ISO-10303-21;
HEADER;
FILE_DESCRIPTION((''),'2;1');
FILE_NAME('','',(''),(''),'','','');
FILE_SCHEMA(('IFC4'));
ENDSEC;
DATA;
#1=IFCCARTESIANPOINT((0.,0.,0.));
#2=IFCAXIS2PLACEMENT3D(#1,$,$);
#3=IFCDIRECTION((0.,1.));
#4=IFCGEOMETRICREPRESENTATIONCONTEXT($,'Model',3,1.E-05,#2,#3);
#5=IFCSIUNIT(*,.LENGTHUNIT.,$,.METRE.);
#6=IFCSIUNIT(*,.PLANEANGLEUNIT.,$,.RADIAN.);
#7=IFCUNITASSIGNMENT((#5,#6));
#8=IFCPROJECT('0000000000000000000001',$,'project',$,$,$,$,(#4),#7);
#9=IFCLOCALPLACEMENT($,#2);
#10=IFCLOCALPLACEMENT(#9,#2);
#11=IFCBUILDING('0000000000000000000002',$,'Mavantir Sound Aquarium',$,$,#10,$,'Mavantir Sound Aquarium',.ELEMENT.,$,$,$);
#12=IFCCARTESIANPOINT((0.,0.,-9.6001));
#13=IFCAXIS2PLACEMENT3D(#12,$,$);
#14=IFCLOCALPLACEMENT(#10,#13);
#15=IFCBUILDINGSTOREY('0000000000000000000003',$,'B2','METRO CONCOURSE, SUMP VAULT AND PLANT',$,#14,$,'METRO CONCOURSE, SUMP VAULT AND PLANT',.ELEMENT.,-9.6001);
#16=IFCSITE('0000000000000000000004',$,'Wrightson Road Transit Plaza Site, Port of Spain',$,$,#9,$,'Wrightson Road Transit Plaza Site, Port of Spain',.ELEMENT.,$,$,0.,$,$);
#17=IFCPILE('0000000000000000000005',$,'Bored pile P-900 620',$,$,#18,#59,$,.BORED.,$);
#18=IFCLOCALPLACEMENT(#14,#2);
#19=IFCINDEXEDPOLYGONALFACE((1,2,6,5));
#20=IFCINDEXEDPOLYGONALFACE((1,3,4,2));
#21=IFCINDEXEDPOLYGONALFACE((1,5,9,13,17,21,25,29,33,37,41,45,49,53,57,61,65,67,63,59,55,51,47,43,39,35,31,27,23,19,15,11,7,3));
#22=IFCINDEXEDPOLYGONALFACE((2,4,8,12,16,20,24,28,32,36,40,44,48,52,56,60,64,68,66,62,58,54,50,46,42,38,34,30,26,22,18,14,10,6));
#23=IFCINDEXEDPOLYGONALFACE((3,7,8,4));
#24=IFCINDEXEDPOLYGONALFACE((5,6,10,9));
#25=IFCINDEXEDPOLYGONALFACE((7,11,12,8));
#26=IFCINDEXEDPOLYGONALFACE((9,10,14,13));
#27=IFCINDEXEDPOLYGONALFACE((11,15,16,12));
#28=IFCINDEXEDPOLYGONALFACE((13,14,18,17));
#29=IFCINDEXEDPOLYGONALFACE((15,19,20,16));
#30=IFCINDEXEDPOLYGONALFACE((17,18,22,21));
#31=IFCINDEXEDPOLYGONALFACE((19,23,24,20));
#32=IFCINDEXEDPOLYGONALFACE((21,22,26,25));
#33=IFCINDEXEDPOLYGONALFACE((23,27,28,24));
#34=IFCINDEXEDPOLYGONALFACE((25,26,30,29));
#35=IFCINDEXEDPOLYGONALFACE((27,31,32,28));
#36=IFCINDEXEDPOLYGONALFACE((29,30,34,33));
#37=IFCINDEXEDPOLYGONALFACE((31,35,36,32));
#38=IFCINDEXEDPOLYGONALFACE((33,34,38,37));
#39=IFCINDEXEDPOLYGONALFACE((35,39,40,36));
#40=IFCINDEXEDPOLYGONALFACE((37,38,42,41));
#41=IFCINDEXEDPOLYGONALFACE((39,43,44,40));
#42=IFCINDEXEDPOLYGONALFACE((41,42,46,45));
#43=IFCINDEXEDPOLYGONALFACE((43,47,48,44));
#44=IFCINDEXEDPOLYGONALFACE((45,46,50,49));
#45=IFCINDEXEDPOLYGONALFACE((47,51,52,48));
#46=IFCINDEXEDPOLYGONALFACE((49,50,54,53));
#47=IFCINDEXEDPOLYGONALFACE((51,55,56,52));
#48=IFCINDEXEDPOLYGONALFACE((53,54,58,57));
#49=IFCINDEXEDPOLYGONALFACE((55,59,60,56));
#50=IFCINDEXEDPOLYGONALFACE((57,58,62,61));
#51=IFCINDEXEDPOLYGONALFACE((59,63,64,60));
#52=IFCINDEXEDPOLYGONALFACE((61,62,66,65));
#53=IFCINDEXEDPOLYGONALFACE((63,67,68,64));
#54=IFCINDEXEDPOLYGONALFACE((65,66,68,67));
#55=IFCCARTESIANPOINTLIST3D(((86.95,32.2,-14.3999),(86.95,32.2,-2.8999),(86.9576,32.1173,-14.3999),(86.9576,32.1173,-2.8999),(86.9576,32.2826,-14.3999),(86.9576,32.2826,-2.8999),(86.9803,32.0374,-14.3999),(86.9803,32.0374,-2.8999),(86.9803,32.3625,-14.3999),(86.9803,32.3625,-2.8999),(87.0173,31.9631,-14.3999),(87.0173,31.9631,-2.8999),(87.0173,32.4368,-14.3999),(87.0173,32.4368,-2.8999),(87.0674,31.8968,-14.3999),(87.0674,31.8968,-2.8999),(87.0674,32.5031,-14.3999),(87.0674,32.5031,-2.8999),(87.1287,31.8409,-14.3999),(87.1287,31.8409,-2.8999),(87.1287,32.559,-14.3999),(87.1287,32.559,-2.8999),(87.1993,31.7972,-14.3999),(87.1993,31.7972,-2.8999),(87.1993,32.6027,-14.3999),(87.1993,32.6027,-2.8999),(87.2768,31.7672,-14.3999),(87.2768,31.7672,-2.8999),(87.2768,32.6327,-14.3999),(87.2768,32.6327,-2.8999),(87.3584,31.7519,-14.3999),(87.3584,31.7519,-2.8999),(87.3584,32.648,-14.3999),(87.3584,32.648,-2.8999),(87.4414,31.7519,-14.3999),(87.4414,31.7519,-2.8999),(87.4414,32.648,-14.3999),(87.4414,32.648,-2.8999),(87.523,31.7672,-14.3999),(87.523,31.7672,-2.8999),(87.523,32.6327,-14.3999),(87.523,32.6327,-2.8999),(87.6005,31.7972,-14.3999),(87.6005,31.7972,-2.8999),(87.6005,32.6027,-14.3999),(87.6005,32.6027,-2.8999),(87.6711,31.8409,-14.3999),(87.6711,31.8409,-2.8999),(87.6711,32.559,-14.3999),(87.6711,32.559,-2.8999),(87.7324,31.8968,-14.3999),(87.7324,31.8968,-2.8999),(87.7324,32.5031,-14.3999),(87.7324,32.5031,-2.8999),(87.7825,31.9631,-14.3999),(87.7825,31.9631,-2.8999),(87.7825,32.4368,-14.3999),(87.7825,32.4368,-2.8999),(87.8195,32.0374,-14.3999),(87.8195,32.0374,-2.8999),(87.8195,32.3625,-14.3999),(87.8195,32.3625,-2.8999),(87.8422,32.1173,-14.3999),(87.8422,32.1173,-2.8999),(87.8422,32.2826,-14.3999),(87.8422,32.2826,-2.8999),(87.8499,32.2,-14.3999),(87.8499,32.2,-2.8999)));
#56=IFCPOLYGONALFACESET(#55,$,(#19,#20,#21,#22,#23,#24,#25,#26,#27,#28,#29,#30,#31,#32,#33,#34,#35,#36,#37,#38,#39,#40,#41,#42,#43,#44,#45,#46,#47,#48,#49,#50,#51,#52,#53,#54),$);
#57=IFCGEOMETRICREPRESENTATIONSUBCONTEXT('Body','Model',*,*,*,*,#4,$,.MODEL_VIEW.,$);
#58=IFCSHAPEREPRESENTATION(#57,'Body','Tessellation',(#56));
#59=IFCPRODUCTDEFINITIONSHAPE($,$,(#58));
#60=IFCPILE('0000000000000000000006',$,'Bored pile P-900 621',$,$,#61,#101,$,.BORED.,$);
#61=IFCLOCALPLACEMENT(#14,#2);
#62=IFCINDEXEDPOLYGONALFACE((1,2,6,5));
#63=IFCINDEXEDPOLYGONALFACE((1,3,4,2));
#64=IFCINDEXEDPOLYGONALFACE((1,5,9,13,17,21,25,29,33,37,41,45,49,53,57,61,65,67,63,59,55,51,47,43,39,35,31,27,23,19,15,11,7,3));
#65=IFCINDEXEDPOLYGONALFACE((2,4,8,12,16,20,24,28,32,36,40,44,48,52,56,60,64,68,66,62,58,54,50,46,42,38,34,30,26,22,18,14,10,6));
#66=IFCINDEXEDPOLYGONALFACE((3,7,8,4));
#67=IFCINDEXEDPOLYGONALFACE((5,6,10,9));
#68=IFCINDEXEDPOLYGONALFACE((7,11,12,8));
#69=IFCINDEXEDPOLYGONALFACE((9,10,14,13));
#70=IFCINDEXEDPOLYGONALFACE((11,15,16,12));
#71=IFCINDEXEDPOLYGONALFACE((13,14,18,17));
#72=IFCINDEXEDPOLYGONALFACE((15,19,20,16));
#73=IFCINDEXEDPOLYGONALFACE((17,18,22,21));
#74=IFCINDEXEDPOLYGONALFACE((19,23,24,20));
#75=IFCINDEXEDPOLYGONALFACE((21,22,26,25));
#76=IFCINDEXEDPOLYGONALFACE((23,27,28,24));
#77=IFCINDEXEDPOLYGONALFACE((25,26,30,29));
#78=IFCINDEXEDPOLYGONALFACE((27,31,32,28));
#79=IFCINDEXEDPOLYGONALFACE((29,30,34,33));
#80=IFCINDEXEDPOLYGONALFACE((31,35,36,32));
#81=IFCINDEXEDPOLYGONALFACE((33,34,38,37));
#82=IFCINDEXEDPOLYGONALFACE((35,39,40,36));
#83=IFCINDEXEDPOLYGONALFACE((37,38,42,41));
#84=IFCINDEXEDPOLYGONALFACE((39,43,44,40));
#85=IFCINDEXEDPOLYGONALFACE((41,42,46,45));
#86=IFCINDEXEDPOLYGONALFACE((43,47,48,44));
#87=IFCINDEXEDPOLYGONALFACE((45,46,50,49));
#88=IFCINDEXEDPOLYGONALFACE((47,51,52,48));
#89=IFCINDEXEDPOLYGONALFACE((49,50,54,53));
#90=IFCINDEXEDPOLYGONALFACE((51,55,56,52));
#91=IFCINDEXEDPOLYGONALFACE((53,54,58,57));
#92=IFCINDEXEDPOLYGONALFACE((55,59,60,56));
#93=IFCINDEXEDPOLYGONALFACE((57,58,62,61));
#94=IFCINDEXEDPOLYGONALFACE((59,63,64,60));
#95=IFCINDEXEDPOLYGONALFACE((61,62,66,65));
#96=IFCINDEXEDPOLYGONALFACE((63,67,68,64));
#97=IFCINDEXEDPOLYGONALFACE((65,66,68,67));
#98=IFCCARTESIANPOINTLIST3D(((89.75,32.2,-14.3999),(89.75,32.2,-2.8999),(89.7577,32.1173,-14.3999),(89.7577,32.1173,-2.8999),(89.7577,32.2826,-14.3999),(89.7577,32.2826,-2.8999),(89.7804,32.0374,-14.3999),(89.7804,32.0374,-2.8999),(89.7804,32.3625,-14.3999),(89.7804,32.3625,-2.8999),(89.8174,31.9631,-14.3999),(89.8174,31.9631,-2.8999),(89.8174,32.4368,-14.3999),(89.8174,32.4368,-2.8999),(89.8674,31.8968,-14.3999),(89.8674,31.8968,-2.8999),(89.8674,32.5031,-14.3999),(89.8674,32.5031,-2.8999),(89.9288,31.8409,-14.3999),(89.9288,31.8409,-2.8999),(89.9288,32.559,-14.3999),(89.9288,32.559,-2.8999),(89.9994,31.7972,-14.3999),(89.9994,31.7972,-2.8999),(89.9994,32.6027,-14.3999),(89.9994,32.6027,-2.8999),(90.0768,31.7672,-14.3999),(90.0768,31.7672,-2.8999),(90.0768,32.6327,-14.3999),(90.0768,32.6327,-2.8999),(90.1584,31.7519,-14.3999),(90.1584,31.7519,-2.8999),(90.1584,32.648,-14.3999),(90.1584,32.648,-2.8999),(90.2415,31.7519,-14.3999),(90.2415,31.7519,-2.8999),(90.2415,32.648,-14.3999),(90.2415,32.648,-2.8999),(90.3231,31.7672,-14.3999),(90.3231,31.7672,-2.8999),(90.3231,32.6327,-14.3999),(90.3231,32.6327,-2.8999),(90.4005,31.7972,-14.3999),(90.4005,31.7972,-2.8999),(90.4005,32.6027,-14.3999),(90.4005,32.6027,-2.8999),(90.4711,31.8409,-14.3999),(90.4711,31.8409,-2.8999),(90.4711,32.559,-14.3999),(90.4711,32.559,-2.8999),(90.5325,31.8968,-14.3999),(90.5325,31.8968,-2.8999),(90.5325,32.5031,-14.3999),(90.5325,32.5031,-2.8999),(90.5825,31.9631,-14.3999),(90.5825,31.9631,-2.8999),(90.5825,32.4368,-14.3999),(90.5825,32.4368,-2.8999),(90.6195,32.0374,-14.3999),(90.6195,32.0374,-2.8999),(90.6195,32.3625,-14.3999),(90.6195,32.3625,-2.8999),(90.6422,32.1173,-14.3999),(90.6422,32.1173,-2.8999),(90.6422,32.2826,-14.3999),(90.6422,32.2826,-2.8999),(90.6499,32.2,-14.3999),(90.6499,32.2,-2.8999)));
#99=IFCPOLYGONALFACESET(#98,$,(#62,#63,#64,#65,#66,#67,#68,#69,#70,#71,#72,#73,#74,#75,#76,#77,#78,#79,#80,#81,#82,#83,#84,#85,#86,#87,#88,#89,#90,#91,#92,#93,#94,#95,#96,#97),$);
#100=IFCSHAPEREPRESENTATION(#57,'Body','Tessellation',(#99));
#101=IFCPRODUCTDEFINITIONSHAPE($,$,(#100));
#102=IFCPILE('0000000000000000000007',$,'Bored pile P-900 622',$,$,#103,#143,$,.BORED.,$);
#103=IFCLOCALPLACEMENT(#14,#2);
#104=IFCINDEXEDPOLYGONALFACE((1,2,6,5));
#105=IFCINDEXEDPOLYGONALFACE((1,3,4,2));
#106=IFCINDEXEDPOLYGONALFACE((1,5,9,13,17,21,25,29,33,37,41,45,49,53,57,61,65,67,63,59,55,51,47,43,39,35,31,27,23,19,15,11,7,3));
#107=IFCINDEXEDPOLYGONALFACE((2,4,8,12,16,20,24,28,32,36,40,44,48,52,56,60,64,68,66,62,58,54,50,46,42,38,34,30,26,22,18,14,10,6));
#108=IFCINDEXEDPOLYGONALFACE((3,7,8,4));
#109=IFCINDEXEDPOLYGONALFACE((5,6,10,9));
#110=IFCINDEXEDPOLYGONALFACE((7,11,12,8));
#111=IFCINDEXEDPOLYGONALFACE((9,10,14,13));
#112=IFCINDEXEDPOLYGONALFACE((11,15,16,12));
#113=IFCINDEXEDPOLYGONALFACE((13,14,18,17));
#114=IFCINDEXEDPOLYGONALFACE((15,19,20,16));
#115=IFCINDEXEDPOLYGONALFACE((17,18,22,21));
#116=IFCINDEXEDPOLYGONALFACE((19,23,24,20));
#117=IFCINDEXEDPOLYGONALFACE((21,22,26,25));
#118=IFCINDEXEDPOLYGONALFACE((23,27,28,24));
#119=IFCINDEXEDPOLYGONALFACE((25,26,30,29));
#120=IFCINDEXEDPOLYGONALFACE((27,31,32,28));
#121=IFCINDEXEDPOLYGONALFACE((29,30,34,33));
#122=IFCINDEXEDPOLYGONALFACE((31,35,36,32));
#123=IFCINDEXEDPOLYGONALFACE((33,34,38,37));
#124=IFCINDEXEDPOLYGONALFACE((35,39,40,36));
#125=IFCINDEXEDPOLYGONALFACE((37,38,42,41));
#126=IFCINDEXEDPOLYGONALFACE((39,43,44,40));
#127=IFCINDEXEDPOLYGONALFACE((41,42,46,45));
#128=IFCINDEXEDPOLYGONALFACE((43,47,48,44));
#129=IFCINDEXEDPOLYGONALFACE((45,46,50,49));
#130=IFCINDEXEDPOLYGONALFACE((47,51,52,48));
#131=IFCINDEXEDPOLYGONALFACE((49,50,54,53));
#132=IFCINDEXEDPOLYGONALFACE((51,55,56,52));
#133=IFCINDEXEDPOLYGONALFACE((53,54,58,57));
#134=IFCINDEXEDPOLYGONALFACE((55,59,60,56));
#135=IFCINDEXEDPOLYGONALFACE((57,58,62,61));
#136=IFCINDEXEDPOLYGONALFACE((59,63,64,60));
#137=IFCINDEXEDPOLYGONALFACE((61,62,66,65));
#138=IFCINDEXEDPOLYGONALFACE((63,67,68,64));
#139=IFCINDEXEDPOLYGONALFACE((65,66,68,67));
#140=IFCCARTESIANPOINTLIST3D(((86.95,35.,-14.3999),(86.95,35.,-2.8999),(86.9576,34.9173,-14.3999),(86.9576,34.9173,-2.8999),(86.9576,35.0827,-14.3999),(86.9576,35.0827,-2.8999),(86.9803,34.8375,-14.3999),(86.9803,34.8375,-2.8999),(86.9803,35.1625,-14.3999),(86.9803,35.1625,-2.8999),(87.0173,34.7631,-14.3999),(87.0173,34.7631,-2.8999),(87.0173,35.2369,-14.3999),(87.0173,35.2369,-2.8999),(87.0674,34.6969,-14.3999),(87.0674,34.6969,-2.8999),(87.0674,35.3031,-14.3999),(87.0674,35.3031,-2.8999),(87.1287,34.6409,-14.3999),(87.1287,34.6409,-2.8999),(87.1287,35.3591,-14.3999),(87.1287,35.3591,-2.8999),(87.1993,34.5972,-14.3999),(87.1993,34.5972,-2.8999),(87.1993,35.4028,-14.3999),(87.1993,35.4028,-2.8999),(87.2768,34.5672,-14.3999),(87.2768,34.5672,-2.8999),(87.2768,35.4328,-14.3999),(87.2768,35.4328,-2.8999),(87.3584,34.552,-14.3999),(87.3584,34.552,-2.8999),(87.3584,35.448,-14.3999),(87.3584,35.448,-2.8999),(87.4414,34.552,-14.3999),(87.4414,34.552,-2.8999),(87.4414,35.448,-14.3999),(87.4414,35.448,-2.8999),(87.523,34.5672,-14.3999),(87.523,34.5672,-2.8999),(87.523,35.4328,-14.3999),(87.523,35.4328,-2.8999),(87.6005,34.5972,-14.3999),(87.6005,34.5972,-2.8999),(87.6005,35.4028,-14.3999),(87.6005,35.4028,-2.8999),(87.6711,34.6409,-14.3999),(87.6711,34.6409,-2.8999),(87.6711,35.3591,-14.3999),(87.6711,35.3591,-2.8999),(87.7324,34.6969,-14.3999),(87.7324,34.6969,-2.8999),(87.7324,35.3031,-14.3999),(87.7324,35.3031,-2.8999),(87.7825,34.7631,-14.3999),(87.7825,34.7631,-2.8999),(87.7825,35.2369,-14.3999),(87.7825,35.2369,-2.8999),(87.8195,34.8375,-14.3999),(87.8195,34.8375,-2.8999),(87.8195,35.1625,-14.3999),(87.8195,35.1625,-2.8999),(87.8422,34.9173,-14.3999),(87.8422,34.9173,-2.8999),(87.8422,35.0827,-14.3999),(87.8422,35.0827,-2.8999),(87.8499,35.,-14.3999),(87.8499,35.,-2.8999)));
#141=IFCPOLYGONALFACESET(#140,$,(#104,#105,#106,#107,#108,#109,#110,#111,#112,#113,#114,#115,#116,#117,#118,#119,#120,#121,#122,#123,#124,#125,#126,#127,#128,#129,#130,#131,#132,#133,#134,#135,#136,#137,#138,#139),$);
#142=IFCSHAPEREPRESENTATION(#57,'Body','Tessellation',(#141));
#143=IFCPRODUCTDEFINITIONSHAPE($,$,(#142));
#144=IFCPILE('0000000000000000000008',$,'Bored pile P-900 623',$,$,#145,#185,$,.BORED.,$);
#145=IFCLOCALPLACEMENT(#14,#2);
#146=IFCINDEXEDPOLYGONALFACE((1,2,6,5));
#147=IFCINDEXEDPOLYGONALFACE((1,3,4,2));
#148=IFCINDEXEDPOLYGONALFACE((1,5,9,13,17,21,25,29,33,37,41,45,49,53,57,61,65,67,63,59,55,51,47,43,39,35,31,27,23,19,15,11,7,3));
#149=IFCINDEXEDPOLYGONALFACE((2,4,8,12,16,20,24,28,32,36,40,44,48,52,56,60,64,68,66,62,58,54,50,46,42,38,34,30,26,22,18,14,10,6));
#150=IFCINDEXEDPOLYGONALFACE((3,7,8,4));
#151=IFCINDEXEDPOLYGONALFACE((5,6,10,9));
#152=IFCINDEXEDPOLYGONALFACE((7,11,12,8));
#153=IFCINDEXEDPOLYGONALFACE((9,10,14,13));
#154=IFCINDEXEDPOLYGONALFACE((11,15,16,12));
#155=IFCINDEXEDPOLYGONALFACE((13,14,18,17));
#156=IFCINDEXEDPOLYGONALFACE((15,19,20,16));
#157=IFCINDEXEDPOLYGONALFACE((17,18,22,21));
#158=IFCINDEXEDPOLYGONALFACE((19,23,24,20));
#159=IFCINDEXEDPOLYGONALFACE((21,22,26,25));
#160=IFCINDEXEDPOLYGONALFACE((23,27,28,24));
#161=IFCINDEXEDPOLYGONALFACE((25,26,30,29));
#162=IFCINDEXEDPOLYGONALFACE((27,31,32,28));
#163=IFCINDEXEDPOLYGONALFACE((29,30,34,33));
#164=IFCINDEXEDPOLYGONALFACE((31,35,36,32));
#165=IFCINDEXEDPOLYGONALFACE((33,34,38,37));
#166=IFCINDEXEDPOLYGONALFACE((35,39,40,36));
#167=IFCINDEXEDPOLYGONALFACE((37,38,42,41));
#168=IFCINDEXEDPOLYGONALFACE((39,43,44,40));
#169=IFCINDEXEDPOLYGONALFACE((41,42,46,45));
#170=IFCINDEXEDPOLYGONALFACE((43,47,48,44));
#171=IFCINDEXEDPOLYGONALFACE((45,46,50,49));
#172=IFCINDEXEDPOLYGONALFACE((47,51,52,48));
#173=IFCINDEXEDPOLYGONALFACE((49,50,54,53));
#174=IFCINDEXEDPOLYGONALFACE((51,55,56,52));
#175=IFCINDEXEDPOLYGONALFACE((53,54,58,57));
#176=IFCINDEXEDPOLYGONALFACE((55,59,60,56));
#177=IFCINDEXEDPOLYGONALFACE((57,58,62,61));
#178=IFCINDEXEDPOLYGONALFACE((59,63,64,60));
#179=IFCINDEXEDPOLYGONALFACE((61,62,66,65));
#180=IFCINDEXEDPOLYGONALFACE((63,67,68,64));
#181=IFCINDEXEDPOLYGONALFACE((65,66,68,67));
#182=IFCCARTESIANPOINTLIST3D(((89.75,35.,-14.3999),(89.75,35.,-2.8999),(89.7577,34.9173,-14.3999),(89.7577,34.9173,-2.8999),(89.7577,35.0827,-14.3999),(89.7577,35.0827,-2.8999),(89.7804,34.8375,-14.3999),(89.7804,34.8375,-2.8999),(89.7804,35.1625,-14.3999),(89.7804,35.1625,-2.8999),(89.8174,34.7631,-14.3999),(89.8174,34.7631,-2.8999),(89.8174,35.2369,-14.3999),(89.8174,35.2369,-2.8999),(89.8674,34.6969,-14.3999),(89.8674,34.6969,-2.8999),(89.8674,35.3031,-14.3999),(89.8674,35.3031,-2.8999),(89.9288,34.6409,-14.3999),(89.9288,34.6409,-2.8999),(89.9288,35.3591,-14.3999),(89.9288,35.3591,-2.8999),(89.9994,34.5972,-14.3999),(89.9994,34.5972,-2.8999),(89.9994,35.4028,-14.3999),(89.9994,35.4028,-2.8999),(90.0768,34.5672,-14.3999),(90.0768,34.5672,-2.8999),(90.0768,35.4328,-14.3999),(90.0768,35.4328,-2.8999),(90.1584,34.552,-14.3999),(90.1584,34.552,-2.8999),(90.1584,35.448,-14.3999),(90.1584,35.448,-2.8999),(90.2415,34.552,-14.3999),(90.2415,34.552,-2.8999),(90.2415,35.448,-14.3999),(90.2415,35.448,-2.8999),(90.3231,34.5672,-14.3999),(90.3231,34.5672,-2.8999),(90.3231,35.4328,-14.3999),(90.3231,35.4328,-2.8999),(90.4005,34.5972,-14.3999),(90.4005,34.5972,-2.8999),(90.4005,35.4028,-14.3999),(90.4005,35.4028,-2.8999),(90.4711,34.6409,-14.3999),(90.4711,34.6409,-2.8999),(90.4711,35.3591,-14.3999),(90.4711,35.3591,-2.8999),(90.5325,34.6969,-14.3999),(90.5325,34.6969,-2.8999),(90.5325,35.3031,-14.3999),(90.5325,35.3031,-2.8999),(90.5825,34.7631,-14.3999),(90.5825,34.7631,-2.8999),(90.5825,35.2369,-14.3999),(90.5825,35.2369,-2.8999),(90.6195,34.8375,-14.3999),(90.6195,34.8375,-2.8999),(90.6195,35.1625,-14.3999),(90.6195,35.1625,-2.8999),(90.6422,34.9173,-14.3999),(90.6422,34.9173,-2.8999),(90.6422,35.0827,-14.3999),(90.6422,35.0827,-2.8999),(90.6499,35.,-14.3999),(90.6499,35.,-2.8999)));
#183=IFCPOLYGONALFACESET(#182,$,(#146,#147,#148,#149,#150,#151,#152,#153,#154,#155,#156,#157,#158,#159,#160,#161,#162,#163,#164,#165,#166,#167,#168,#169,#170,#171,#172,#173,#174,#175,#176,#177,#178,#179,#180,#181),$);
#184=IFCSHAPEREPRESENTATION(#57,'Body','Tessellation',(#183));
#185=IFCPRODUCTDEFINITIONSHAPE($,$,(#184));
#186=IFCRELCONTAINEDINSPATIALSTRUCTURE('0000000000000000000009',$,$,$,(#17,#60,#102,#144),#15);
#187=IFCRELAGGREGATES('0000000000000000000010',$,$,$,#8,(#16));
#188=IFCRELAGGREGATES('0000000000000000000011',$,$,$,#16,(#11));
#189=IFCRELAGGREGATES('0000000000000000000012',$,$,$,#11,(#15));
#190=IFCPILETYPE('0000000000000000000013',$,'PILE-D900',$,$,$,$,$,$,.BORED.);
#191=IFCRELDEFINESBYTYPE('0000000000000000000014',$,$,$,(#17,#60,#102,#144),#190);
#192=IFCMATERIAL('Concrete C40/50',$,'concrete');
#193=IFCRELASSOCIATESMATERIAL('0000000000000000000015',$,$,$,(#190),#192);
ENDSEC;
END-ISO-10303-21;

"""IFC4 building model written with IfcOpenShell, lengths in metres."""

from ifc_helpers import new_model, si_unit, direction, frame, origin, origin_2d, place, context, subcontext, project, spatial, circle, extrude, material, material_profile, profile_set, type_object, element, save


model = new_model("IFC4")

# Units and contexts
model_context = context("Model", 3, precision=1e-05, world=origin(), true_north=direction((0.0, 1.0)))
body_context = subcontext(model_context, "Body", "Model", "MODEL_VIEW")
ifc_project = project(units=[si_unit("LENGTHUNIT", "METRE"), si_unit("PLANEANGLEUNIT", "RADIAN")], contexts=[model_context])

# Site, building, storey
site_placement = place(None, origin())
site = spatial("IfcSite", under=ifc_project, at=site_placement, Name="Wrightson Road Transit Plaza Site, Port of Spain", LongName="Wrightson Road Transit Plaza Site, Port of Spain", CompositionType="ELEMENT", RefElevation=0.0)
building_placement = place(site_placement, origin())
building = spatial("IfcBuilding", under=site, at=building_placement, Name="Mavantir Sound Aquarium", LongName="Mavantir Sound Aquarium", CompositionType="ELEMENT")
storey_placement = place(building_placement, frame((0.0, 0.0, -9.6001)))
storey = spatial("IfcBuildingStorey", under=building, at=storey_placement, Name="B2", Description="METRO CONCOURSE, SUMP VAULT AND PLANT", LongName="METRO CONCOURSE, SUMP VAULT AND PLANT", CompositionType="ELEMENT", Elevation=-9.6001)

# Shared definitions
ifc_material_1 = material(Name="Concrete C40/50", Category="concrete")

# Piles
ifc_material_profile_1 = material_profile(ifc_material_1, circle(Radius=0.45, at=origin_2d()), Name="PILE D900")
ifc_profile_set_1 = profile_set([ifc_material_profile_1], Name="Concrete C40/50")
pile_type = type_object("IfcPileType", Name="PILE-D900", PredefinedType="BORED", material=ifc_profile_set_1)
for number, where, z_axis, x_axis, name in (
    (1, (87.3999, 32.2, -2.8999), (0.0, 0.0, -1.0), (1.0, 0.0, 0.0), "Bored pile P-900 620"),
    (2, (90.2, 32.2, -2.8999), (0.0, 0.0, -1.0), (1.0, 0.0, 0.0), "Bored pile P-900 621"),
    (3, (87.3999, 35.0, -2.8999), (0.0, 0.0, -1.0), (1.0, 0.0, 0.0), "Bored pile P-900 622"),
    (4, (90.2, 35.0, -2.8999), (0.0, 0.0, -1.0), (1.0, 0.0, 0.0), "Bored pile P-900 623"),
):
    element("IfcPile", number, at=place(storey_placement, frame(where, z_axis=z_axis, x_axis=x_axis)), inside=storey, type_object=pile_type, Name=name, PredefinedType="BORED", context=body_context, shape_type="SweptSolid", body=[
        extrude(circle(Radius=0.45, at=origin_2d()), origin(), (0.0, 0.0, 1.0), 11.5),
    ])

save(model, "model.ifc")
